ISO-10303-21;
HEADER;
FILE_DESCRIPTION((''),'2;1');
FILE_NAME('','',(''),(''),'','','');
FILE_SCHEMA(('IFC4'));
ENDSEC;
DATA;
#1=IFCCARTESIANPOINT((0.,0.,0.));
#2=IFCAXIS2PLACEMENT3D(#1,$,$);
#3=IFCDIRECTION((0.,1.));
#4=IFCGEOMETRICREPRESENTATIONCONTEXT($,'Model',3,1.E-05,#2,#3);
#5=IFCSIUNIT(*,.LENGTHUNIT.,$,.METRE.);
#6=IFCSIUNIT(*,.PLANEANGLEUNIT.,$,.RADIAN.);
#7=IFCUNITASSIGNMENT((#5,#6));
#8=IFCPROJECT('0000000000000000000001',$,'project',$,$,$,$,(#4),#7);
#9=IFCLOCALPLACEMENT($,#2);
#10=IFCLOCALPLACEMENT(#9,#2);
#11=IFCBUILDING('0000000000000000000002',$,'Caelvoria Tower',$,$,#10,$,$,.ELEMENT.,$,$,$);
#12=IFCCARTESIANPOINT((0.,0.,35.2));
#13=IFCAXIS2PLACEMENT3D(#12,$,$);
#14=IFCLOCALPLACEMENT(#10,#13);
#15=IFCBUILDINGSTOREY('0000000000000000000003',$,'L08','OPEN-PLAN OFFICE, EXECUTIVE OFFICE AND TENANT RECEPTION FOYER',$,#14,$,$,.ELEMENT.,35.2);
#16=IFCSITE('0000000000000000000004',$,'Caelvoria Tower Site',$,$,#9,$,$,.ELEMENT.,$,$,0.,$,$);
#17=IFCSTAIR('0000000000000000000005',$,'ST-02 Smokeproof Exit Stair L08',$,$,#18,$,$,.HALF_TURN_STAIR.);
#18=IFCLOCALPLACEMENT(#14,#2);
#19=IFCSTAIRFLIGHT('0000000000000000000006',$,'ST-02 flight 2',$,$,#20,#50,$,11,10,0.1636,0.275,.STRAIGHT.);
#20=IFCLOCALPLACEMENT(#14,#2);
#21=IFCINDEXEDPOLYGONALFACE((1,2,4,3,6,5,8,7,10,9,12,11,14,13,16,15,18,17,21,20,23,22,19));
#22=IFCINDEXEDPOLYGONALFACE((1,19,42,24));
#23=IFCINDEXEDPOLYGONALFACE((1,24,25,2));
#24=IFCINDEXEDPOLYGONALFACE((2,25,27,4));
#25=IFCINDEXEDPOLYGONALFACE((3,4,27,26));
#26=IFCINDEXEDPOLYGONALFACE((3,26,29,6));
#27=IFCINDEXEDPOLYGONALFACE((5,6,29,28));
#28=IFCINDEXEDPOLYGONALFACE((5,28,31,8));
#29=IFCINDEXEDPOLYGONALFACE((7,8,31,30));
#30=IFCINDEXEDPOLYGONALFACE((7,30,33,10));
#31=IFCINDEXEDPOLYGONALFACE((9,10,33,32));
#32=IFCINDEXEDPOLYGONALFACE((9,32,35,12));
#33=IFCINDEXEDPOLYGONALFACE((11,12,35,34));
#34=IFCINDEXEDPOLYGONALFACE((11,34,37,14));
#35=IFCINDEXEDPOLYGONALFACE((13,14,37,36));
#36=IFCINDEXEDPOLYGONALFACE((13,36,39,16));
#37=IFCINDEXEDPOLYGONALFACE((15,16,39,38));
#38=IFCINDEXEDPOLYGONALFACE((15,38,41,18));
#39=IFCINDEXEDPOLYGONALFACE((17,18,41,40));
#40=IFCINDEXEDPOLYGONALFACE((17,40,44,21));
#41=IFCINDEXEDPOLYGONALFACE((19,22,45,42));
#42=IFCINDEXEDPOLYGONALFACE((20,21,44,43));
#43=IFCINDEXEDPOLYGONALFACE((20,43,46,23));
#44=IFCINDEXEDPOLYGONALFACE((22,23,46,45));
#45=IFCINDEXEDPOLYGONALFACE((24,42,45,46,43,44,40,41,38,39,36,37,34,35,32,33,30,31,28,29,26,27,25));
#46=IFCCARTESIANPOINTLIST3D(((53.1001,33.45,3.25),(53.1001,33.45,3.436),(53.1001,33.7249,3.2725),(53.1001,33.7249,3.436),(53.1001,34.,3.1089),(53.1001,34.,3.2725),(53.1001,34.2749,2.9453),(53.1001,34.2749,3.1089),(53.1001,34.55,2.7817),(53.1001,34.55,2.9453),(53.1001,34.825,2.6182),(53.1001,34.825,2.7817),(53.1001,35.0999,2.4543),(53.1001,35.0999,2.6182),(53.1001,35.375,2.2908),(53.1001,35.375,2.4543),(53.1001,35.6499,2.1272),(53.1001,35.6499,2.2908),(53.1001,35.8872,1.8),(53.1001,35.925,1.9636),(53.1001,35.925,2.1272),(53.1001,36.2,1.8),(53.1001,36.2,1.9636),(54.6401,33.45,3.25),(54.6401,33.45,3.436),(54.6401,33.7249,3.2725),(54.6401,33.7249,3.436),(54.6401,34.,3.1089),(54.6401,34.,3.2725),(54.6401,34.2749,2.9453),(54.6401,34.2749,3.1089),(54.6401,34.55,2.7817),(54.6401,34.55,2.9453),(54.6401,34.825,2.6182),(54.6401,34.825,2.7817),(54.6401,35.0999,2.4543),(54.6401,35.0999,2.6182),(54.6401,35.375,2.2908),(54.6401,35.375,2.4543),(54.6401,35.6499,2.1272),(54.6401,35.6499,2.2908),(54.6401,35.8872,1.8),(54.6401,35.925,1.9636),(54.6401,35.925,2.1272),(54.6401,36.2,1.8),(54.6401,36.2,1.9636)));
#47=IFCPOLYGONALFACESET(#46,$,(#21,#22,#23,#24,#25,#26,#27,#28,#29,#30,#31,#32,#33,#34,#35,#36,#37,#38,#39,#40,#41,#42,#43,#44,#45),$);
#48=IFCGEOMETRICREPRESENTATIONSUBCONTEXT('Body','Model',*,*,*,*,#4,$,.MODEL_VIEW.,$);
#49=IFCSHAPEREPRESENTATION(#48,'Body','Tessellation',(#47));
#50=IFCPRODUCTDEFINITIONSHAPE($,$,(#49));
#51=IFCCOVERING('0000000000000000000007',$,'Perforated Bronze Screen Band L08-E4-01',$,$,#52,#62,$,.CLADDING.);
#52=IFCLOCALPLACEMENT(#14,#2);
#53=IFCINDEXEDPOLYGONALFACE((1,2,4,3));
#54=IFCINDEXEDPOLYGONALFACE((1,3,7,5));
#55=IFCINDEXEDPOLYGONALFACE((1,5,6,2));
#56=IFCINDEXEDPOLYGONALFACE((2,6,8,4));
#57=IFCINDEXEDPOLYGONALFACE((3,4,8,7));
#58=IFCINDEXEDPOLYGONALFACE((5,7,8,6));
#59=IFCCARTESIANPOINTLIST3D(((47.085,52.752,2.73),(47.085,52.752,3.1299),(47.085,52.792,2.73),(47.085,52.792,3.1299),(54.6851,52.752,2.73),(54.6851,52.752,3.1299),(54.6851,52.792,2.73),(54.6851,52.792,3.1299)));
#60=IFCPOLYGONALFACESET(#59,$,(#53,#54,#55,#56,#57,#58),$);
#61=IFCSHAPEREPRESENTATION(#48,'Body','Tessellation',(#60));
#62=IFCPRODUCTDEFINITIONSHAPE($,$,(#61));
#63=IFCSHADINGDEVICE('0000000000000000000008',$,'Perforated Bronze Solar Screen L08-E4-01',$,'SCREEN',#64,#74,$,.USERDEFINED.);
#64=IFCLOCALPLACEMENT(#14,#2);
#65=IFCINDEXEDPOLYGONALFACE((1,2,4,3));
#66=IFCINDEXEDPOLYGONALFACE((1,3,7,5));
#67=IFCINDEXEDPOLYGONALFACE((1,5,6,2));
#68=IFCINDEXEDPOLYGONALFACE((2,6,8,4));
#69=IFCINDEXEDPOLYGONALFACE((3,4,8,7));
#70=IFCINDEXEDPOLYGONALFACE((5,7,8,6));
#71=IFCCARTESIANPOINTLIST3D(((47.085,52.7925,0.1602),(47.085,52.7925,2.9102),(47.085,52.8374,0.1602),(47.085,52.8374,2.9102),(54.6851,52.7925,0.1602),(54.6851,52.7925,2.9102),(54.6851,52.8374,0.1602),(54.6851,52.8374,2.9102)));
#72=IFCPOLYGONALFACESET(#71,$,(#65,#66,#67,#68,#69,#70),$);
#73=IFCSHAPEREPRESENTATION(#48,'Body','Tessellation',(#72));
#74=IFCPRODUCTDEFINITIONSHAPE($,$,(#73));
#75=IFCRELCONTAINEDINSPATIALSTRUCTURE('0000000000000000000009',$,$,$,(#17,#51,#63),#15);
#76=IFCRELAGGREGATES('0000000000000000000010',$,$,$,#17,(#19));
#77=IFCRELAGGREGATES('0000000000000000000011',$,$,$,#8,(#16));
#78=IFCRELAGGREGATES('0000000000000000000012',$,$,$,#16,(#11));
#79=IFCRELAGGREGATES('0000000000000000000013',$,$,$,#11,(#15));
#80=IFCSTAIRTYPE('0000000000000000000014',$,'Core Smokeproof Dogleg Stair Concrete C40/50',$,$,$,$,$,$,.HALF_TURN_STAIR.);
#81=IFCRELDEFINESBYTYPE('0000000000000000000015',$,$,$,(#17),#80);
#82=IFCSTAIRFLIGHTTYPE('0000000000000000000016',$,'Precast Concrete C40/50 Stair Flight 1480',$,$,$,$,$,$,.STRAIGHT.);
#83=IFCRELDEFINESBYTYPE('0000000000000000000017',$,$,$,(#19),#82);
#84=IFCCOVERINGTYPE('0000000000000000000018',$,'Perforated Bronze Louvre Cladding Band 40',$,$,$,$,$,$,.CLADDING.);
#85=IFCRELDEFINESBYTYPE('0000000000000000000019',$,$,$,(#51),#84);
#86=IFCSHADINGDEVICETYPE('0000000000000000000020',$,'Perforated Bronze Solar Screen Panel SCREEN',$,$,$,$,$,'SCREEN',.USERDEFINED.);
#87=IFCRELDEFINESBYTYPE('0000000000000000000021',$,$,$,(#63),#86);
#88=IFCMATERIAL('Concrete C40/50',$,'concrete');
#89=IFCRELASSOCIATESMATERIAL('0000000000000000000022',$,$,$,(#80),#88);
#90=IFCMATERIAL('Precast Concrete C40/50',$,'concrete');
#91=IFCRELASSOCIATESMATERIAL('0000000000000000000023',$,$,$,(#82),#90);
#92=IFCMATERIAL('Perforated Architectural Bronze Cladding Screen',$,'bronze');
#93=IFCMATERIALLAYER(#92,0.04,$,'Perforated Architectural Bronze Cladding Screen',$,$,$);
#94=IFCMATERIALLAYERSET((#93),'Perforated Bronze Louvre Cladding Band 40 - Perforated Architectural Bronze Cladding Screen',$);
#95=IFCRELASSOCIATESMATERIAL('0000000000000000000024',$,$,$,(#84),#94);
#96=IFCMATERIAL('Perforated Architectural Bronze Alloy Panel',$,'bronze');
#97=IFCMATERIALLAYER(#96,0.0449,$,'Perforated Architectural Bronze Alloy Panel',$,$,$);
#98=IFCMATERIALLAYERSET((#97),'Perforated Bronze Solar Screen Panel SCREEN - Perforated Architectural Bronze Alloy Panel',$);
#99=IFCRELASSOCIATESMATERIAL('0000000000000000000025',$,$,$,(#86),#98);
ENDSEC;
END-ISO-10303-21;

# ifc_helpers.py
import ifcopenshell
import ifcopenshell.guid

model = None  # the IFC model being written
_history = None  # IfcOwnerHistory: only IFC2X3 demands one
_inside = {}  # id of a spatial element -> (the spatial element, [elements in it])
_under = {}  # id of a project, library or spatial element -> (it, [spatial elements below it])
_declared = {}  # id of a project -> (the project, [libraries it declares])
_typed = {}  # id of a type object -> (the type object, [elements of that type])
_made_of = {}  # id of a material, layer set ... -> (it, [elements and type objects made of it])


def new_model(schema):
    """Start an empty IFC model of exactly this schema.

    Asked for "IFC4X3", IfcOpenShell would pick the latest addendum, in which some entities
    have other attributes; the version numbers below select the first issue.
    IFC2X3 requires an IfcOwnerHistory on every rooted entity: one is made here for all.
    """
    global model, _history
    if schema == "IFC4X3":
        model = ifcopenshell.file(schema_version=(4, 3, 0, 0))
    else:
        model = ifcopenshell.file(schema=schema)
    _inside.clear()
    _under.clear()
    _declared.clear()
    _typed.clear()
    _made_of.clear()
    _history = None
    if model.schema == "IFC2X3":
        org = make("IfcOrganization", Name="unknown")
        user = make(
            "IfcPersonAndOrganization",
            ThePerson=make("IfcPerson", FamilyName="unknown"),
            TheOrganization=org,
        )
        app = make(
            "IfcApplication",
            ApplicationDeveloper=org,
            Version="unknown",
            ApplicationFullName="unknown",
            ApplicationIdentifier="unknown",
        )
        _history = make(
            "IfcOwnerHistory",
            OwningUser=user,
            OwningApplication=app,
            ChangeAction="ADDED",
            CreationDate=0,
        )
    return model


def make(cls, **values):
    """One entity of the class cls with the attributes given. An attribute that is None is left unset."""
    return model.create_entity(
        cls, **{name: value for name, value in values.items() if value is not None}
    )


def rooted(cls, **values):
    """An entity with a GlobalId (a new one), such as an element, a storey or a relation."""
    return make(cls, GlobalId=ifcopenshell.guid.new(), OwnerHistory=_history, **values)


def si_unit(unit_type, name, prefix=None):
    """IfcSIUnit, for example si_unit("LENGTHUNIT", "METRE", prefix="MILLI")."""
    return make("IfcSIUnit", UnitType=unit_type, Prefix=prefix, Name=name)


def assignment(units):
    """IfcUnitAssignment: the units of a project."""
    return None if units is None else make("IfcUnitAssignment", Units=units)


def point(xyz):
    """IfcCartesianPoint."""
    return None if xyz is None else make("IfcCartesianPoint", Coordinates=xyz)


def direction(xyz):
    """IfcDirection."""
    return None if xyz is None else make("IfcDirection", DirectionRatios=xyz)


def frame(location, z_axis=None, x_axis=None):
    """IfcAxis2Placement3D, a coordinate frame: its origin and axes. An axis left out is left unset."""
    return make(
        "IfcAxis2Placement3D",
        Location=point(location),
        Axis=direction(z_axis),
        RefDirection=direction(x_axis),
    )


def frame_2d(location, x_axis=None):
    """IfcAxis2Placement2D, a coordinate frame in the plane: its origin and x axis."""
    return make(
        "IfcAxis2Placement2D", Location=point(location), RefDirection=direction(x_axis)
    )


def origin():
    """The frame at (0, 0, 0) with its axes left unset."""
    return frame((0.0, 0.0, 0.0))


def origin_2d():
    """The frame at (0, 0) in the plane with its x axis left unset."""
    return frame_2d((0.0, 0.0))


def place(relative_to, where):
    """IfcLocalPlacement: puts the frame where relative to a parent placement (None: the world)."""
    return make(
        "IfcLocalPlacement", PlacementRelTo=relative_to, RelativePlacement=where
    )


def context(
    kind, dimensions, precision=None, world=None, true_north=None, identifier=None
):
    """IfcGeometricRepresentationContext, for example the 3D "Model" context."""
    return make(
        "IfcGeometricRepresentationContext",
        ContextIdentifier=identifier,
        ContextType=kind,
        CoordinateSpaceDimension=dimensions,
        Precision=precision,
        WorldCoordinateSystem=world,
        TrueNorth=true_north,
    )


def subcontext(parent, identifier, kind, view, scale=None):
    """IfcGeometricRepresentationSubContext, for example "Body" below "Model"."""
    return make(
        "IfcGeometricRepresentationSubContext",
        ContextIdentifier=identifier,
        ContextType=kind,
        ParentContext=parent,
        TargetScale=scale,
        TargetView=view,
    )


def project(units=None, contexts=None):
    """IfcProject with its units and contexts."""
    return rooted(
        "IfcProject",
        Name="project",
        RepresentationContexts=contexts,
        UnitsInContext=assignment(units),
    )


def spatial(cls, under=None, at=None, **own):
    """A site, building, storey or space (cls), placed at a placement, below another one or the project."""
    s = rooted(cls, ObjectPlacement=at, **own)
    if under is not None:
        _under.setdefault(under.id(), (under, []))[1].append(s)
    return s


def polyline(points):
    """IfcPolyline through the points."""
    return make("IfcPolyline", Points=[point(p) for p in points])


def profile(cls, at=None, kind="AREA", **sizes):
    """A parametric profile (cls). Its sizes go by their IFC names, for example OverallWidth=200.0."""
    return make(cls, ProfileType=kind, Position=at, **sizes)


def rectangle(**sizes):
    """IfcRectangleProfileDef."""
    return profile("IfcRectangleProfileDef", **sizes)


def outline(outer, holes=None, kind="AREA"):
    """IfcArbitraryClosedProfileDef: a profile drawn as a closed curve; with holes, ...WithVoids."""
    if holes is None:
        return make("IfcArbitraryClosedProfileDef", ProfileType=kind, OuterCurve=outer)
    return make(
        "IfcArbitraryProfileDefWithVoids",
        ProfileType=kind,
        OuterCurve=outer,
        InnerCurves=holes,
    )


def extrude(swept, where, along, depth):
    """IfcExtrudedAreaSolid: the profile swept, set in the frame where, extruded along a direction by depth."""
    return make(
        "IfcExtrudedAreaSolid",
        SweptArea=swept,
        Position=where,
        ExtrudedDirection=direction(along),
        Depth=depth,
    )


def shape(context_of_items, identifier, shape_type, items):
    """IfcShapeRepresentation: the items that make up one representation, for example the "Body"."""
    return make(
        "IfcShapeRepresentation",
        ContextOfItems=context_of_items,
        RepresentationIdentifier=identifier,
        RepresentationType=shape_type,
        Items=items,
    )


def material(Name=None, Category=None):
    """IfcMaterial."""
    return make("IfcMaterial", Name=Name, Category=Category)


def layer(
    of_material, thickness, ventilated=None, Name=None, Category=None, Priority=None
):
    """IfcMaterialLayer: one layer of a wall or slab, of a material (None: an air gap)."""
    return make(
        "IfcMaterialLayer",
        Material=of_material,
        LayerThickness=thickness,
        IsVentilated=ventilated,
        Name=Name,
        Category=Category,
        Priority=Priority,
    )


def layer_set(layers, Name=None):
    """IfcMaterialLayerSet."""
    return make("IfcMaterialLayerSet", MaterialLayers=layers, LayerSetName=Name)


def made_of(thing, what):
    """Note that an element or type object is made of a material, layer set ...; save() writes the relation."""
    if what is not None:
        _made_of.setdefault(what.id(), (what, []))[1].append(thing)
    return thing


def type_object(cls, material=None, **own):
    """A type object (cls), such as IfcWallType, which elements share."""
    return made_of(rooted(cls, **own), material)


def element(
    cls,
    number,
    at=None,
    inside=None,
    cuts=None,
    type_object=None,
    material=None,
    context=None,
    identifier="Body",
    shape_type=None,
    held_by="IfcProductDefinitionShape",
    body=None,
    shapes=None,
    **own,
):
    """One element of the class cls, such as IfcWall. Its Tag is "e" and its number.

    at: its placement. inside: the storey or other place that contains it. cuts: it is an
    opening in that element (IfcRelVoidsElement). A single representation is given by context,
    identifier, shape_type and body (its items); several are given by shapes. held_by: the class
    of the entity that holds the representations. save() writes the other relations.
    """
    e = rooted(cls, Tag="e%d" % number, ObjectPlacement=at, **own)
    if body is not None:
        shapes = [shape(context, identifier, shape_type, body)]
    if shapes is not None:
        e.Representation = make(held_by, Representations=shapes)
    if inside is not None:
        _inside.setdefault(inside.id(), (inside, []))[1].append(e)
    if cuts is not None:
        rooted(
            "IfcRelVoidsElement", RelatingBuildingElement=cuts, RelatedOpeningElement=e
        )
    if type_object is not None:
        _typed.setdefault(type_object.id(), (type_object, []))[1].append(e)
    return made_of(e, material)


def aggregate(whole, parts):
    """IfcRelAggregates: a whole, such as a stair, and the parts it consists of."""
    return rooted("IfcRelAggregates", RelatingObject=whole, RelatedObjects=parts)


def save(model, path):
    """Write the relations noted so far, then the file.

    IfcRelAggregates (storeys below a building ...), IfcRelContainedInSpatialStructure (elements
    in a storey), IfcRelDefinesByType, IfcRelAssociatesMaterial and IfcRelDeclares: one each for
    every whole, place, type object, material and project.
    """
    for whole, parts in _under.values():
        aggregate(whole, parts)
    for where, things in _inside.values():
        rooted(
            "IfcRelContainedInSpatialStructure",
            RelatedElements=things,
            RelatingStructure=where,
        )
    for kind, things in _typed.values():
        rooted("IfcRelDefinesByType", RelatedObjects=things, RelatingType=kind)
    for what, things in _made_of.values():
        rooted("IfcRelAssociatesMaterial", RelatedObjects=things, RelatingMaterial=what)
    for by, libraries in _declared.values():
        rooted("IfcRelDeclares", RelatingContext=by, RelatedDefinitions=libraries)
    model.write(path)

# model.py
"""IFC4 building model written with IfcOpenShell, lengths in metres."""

from ifc_helpers import new_model, si_unit, direction, frame, origin, origin_2d, place, context, subcontext, project, spatial, polyline, rectangle, outline, extrude, material, layer, layer_set, type_object, element, aggregate, save


model = new_model("IFC4")

# Units and contexts
model_context = context("Model", 3, precision=1e-05, world=origin(), true_north=direction((0.0, 1.0)))
body_context = subcontext(model_context, "Body", "Model", "MODEL_VIEW")
ifc_project = project(units=[si_unit("LENGTHUNIT", "METRE"), si_unit("PLANEANGLEUNIT", "RADIAN")], contexts=[model_context])

# Site, building, storey
site_placement = place(None, origin())
site = spatial("IfcSite", under=ifc_project, at=site_placement, Name="Caelvoria Tower Site", CompositionType="ELEMENT", RefElevation=0.0)
building_placement = place(site_placement, origin())
building = spatial("IfcBuilding", under=site, at=building_placement, Name="Caelvoria Tower", CompositionType="ELEMENT")
storey_placement = place(building_placement, frame((0.0, 0.0, 35.2)))
storey = spatial("IfcBuildingStorey", under=building, at=storey_placement, Name="L08", Description="OPEN-PLAN OFFICE, EXECUTIVE OFFICE AND TENANT RECEPTION FOYER", CompositionType="ELEMENT", Elevation=35.2)

# Stair, stair flight
ifc_material_1 = material(Name="Concrete C40/50", Category="concrete")
stair_type = type_object("IfcStairType", Name="Core Smokeproof Dogleg Stair Concrete C40/50", PredefinedType="HALF_TURN_STAIR", material=ifc_material_1)
stair_placement = place(storey_placement, origin())
stair = element("IfcStair", 1, at=stair_placement, inside=storey, type_object=stair_type, Name="ST-02 Smokeproof Exit Stair L08", PredefinedType="HALF_TURN_STAIR")
ifc_material_2 = material(Name="Precast Concrete C40/50", Category="concrete")
stair_flight_type = type_object("IfcStairFlightType", Name="Precast Concrete C40/50 Stair Flight 1480", PredefinedType="STRAIGHT", material=ifc_material_2)
stair_flight_1_placement = place(storey_placement, frame((53.8701, 36.2, 1.8), z_axis=(0.0, 0.0, 1.0), x_axis=(0.0, -1.0, 0.0)))
stair_flight_1 = element("IfcStairFlight", 2, at=stair_flight_1_placement, type_object=stair_flight_type, Name="ST-02 flight 2", NumberOfRisers=11, NumberOfTreads=10, PredefinedType="STRAIGHT", RiserHeight=0.1636, TreadLength=0.275, context=body_context, shape_type="SweptSolid", body=[
    extrude(outline(polyline([(0.0, 0.0), (0.0, 0.1636), (0.2749, 0.1636), (0.2749, 0.3271), (0.55, 0.3271), (0.55, 0.4907), (0.825, 0.4907), (0.825, 0.6543), (1.1001, 0.6543), (1.1001, 0.8181), (1.375, 0.8181), (1.375, 0.9817), (1.6499, 0.9817), (1.6499, 1.1453), (1.925, 1.1453), (1.925, 1.3088), (2.2, 1.3088), (2.2, 1.4724), (2.4751, 1.4724), (2.4751, 1.636), (2.75, 1.636), (2.75, 1.7996), (2.75, 1.45), (0.3127, 0.0), (0.0, 0.0)])), frame((0.0, 0.77, 0.0), z_axis=(0.0, -1.0, 0.0), x_axis=(1.0, 0.0, 0.0)), (0.0, 0.0, 1.0), 1.54),
])
aggregate(stair, [stair_flight_1])

# Covering
ifc_material_3 = material(Name="Perforated Architectural Bronze Cladding Screen", Category="bronze")
ifc_layer_1 = layer(ifc_material_3, 0.04, Name="Perforated Architectural Bronze Cladding Screen")
ifc_layer_set_1 = layer_set([ifc_layer_1], Name="Perforated Bronze Louvre Cladding Band 40 - Perforated Architectural Bronze Cladding Screen")
covering_type = type_object("IfcCoveringType", Name="Perforated Bronze Louvre Cladding Band 40", PredefinedType="CLADDING", material=ifc_layer_set_1)
covering_placement = place(storey_placement, frame((50.885, 52.772, 2.73), z_axis=(0.0, 0.0, 1.0), x_axis=(-1.0, 0.0, 0.0)))
element("IfcCovering", 3, at=covering_placement, inside=storey, type_object=covering_type, Name="Perforated Bronze Screen Band L08-E4-01", PredefinedType="CLADDING", context=body_context, shape_type="SweptSolid", body=[
    extrude(rectangle(XDim=7.6001, YDim=0.04, at=origin_2d()), origin(), (0.0, 0.0, 1.0), 0.3999),
])

# Shading device
ifc_material_4 = material(Name="Perforated Architectural Bronze Alloy Panel", Category="bronze")
ifc_layer_2 = layer(ifc_material_4, 0.0449, Name="Perforated Architectural Bronze Alloy Panel")
ifc_layer_set_2 = layer_set([ifc_layer_2], Name="Perforated Bronze Solar Screen Panel SCREEN - Perforated Architectural Bronze Alloy Panel")
shading_device_type = type_object("IfcShadingDeviceType", Name="Perforated Bronze Solar Screen Panel SCREEN", ElementType="SCREEN", PredefinedType="USERDEFINED", material=ifc_layer_set_2)
shading_device_placement = place(storey_placement, frame((50.885, 52.8149, 0.1602), z_axis=(0.0, 0.0, 1.0), x_axis=(-1.0, 0.0, 0.0)))
element("IfcShadingDevice", 4, at=shading_device_placement, inside=storey, type_object=shading_device_type, Name="Perforated Bronze Solar Screen L08-E4-01", ObjectType="SCREEN", PredefinedType="USERDEFINED", context=body_context, shape_type="SweptSolid", body=[
    extrude(rectangle(XDim=7.6001, YDim=0.0449, at=origin_2d()), origin(), (0.0, 0.0, 1.0), 2.75),
])

save(model, "model.ifc")
